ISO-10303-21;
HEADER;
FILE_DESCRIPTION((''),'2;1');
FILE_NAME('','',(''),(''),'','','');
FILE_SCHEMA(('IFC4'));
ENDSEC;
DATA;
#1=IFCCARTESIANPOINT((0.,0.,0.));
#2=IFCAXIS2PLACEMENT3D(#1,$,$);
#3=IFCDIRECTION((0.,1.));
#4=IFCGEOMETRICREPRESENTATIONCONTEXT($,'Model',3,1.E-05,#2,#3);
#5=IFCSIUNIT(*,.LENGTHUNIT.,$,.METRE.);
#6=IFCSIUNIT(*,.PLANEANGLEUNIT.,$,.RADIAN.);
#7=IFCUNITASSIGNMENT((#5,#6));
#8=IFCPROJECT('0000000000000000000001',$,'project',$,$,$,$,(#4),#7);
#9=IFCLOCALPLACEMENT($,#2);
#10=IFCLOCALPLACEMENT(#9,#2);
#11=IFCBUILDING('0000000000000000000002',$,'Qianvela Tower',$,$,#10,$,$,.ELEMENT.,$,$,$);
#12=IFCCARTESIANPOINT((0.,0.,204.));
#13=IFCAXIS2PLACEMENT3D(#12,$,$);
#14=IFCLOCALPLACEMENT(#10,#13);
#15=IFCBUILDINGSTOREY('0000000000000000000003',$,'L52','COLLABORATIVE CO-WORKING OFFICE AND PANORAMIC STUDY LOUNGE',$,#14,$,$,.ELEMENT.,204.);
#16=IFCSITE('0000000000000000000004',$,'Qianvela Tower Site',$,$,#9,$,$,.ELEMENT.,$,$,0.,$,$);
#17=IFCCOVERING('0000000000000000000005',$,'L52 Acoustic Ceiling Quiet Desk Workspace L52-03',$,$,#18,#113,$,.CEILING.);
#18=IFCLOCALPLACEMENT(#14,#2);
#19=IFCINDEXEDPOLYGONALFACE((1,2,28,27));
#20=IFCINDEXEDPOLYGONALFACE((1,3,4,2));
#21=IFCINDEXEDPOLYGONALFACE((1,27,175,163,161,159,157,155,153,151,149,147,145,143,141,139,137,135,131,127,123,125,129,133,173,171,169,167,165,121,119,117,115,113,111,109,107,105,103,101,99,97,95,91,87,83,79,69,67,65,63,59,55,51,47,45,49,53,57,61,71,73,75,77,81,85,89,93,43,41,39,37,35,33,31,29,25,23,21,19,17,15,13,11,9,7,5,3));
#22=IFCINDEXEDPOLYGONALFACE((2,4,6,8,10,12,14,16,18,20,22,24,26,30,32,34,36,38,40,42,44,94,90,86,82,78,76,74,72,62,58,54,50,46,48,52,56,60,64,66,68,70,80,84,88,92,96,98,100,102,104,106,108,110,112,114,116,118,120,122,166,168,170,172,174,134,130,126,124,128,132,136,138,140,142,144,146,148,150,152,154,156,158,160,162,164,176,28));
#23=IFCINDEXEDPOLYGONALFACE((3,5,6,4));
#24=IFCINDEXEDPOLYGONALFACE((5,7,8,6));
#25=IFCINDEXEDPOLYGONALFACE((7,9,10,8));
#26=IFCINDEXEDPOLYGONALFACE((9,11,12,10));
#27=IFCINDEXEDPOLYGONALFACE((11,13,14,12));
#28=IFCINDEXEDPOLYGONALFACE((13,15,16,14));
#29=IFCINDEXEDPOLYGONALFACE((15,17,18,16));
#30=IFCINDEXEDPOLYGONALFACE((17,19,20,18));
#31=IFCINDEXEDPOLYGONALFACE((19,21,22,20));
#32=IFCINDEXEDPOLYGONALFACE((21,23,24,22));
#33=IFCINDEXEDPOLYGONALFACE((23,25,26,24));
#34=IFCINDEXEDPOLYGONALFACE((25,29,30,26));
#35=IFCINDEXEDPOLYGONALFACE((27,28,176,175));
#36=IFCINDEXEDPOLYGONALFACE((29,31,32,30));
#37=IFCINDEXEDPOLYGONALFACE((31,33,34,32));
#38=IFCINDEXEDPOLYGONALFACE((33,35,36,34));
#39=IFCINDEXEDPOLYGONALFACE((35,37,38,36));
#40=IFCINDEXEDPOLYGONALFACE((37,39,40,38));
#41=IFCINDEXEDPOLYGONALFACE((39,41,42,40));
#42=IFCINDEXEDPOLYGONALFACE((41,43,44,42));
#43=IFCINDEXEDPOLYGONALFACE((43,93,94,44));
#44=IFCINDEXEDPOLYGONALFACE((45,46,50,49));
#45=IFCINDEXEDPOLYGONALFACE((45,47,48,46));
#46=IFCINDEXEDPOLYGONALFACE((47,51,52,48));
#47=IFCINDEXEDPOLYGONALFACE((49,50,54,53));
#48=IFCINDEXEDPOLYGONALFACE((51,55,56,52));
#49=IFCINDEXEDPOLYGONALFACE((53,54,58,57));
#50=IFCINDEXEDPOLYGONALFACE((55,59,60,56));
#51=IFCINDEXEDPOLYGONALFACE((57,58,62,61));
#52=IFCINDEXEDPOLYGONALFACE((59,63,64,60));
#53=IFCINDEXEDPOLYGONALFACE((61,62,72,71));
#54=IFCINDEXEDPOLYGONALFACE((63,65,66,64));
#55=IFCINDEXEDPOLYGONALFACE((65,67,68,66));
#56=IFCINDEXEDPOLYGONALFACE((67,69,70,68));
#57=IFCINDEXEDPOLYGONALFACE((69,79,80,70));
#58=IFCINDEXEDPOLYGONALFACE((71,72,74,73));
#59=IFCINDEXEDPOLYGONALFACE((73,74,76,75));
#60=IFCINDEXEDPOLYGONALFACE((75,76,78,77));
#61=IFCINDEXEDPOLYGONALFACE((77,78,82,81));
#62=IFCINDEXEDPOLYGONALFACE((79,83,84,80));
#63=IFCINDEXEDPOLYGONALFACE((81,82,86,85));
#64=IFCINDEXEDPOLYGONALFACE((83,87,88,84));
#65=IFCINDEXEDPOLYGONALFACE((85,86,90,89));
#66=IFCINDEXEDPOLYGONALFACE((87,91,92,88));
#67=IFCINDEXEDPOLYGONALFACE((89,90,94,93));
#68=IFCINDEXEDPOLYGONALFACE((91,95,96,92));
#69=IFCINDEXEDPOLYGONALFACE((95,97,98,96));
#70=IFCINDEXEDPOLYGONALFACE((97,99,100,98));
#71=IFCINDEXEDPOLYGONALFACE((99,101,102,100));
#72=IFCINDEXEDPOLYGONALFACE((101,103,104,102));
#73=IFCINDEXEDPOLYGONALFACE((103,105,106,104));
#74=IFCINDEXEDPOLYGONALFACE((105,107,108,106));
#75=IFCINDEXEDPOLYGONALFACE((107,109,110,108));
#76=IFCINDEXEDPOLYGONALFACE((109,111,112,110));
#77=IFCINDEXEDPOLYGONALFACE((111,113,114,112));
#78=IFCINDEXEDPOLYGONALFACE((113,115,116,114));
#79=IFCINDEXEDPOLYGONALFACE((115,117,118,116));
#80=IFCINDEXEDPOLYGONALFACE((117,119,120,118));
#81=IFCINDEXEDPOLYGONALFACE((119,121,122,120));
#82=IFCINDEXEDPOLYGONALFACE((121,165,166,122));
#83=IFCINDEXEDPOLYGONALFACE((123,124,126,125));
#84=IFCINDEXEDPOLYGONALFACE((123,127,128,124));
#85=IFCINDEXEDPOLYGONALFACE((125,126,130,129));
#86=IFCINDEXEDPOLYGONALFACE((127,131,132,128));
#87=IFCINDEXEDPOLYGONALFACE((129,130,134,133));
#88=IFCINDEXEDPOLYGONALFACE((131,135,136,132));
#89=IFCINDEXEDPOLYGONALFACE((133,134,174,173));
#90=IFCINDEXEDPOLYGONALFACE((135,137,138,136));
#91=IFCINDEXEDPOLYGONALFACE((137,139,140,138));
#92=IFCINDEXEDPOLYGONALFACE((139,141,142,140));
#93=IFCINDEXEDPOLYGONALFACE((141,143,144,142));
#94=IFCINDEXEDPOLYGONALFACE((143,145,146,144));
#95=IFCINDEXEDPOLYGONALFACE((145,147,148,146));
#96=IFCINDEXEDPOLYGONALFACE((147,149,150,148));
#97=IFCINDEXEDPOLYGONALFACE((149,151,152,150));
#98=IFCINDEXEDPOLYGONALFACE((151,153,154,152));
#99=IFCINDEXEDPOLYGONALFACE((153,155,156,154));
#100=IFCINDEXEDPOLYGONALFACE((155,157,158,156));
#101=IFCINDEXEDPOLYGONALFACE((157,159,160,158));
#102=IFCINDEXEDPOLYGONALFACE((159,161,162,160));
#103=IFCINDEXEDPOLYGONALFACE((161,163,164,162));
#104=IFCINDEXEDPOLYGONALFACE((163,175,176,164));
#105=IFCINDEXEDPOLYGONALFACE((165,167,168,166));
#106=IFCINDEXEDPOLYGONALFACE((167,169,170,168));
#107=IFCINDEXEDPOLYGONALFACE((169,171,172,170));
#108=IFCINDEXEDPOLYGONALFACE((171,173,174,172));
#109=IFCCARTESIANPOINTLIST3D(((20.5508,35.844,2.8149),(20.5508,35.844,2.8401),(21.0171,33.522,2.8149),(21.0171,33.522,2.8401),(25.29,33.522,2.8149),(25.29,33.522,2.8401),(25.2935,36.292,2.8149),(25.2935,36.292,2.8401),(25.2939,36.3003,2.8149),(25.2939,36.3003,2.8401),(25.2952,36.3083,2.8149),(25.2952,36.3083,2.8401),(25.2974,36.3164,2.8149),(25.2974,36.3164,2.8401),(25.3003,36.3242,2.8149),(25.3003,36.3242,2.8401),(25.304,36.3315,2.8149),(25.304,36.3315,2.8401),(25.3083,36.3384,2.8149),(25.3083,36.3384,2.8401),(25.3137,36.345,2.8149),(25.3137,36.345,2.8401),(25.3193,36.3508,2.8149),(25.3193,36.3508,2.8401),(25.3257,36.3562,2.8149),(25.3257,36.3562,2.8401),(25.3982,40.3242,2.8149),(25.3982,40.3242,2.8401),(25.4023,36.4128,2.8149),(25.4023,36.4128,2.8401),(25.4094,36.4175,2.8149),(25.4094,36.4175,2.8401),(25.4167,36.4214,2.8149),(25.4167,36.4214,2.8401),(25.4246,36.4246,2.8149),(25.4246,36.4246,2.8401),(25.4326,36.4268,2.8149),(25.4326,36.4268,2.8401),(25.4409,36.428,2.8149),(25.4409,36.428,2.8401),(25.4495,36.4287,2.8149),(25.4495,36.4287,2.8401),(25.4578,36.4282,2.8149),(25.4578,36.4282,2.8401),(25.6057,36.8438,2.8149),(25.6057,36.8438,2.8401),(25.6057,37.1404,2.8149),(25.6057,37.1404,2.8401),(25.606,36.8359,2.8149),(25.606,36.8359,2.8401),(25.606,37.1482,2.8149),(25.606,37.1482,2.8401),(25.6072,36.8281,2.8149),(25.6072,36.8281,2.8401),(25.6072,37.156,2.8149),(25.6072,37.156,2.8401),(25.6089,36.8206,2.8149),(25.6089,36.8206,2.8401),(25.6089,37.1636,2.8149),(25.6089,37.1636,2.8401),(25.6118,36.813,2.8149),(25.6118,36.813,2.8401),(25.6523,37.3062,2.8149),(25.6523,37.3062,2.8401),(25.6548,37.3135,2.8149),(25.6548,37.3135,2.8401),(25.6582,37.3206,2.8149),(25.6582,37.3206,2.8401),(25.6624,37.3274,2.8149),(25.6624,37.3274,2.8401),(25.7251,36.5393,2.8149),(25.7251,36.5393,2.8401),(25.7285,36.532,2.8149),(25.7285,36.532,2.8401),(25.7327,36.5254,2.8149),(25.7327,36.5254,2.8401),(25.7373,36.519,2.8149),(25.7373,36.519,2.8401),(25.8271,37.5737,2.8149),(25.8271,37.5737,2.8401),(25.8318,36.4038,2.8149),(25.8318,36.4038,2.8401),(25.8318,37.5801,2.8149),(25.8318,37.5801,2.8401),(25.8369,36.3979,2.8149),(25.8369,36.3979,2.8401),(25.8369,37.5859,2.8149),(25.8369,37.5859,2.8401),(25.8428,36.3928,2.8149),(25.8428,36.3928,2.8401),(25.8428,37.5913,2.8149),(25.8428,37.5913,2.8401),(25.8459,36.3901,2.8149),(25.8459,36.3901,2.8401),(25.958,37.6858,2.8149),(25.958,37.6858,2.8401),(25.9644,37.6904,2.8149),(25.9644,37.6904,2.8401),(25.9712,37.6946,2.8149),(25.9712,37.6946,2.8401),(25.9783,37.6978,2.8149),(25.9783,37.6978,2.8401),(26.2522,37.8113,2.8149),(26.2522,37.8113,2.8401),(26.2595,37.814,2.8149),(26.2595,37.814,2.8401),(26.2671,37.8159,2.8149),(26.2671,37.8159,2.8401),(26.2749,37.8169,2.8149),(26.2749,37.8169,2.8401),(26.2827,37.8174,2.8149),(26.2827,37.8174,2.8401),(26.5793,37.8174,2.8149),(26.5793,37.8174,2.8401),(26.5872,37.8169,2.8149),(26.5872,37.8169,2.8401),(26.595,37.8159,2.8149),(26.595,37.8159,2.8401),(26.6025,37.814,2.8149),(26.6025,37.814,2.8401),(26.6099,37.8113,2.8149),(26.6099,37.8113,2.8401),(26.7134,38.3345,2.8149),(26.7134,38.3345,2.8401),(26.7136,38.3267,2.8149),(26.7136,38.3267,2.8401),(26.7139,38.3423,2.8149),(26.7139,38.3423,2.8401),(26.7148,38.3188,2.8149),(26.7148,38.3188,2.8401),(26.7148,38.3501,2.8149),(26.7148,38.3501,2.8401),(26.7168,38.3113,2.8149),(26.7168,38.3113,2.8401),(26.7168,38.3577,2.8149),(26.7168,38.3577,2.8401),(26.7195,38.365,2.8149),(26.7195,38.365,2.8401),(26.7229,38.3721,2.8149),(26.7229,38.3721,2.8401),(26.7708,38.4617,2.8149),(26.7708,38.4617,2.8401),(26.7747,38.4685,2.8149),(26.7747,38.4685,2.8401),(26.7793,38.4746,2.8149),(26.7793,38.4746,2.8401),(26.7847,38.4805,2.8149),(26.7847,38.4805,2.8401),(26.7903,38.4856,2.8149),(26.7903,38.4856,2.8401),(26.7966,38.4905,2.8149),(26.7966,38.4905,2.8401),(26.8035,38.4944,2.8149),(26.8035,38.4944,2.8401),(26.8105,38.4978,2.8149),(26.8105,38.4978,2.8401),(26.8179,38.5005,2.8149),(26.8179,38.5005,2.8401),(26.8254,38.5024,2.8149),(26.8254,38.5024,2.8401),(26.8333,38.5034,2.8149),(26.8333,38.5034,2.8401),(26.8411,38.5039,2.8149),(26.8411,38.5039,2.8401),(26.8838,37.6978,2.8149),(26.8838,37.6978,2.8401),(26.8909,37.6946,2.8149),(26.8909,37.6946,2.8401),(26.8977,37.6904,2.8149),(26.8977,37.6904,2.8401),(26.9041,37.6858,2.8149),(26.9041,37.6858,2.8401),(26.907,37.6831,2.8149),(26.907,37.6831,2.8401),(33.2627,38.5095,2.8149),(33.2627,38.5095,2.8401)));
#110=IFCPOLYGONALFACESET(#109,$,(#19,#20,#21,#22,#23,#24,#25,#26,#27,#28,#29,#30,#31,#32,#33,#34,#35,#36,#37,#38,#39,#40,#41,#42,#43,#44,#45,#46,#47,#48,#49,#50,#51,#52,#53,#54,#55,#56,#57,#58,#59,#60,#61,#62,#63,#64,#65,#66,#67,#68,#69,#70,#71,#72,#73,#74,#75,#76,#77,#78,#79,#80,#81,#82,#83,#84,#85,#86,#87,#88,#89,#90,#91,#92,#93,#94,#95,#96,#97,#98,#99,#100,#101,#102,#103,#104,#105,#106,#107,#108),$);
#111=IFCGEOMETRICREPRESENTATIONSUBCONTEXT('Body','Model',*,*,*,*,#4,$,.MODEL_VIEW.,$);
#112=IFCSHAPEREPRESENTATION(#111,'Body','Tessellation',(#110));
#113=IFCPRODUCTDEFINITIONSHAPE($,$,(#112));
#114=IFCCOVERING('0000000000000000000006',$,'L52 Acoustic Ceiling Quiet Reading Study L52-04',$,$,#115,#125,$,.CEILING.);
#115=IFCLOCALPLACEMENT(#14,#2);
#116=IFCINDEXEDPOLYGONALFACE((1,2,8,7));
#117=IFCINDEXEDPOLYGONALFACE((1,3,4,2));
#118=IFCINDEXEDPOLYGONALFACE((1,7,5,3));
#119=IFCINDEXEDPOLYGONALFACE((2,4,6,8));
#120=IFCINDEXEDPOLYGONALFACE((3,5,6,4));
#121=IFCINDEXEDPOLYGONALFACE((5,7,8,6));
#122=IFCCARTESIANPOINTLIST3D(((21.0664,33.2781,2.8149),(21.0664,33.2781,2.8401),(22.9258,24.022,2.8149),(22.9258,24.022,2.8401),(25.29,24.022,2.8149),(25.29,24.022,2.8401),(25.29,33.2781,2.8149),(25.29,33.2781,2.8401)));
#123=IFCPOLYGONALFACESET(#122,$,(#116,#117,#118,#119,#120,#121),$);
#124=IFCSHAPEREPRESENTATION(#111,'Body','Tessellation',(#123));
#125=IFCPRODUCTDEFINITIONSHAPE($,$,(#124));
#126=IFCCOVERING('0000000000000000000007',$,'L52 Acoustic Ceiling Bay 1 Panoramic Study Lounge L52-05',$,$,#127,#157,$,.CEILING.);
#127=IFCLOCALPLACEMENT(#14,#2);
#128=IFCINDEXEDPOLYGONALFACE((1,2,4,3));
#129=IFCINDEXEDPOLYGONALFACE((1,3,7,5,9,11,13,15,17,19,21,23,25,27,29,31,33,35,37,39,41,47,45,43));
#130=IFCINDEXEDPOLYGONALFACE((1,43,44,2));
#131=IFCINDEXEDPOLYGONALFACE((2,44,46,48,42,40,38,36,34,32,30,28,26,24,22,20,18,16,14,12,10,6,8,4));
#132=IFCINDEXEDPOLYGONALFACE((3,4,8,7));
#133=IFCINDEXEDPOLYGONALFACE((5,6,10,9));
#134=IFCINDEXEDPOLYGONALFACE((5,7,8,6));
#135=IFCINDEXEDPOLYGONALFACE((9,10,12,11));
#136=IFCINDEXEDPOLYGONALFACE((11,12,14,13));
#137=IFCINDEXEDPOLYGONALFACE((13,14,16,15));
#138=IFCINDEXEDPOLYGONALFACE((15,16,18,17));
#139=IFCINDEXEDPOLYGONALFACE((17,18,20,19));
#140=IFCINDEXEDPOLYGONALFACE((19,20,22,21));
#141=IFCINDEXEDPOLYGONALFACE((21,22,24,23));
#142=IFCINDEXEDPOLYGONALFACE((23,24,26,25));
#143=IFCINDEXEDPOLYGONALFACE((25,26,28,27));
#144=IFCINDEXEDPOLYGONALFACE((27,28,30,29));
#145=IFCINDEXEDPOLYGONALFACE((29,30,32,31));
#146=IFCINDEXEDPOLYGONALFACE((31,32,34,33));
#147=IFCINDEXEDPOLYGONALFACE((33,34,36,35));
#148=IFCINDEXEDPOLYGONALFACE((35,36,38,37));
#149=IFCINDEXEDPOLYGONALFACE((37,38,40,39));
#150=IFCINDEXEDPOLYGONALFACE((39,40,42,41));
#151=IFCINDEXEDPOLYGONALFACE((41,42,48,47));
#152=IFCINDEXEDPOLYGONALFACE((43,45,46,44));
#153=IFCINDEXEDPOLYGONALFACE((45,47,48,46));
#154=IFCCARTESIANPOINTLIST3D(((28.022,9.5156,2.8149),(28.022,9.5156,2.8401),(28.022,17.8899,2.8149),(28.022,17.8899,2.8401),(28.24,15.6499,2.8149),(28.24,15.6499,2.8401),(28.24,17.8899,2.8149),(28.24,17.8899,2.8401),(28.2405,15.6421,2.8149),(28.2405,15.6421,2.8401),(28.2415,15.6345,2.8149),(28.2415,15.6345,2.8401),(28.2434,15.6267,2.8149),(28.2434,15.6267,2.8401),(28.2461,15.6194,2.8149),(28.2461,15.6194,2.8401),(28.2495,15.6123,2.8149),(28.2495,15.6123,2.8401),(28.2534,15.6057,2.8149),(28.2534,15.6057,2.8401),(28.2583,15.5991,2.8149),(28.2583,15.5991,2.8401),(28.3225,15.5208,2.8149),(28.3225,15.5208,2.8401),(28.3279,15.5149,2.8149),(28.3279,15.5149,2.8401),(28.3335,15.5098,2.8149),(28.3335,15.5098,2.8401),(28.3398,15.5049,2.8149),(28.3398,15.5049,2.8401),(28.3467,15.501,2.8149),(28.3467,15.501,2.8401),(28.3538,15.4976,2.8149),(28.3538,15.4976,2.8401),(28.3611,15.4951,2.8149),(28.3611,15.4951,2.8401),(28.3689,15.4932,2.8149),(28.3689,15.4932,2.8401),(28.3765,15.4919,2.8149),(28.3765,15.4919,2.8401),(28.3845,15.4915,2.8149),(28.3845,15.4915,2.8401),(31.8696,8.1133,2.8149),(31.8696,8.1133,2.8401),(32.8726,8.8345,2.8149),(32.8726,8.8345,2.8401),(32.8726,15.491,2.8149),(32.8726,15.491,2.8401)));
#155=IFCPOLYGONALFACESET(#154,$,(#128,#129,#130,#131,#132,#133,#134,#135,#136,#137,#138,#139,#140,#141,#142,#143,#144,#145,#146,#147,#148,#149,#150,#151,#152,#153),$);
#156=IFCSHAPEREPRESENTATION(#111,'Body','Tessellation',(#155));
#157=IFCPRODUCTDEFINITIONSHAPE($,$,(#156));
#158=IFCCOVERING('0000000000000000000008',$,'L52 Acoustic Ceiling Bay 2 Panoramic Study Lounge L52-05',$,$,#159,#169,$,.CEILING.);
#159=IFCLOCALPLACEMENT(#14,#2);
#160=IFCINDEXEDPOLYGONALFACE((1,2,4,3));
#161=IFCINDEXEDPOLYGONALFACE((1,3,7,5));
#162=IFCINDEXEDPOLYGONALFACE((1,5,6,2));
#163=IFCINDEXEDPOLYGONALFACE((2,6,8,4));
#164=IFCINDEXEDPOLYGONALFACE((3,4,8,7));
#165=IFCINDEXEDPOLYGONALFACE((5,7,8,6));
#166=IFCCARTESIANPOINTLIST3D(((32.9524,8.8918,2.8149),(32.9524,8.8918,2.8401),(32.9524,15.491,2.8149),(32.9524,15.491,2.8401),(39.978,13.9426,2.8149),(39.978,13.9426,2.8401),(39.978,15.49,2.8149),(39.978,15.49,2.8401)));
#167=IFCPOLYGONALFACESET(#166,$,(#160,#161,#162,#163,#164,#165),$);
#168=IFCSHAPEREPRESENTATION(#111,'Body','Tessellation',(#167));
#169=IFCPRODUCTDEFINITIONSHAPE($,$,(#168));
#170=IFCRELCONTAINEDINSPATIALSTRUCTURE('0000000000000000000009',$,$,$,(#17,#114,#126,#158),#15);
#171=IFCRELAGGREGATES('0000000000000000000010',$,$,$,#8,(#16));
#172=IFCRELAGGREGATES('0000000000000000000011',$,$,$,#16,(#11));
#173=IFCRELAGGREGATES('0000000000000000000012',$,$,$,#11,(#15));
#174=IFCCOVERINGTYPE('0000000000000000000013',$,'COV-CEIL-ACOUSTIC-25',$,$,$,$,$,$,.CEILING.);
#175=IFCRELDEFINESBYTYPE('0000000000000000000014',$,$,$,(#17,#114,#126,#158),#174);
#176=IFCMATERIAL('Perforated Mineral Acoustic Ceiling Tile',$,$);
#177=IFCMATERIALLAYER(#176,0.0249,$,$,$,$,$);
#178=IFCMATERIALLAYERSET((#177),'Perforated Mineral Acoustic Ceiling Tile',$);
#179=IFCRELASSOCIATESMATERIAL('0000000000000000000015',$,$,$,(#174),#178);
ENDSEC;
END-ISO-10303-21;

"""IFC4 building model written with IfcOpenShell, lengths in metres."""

from ifc_helpers import new_model, si_unit, direction, frame, origin, place, context, subcontext, project, spatial, polyline, outline, extrude, material, layer, layer_set, type_object, element, save


model = new_model("IFC4")

# Units and contexts
model_context = context("Model", 3, precision=1e-05, world=origin(), true_north=direction((0.0, 1.0)))
body_context = subcontext(model_context, "Body", "Model", "MODEL_VIEW")
ifc_project = project(units=[si_unit("LENGTHUNIT", "METRE"), si_unit("PLANEANGLEUNIT", "RADIAN")], contexts=[model_context])

# Site, building, storey
site_placement = place(None, origin())
site = spatial("IfcSite", under=ifc_project, at=site_placement, Name="Qianvela Tower Site", CompositionType="ELEMENT", RefElevation=0.0)
building_placement = place(site_placement, origin())
building = spatial("IfcBuilding", under=site, at=building_placement, Name="Qianvela Tower", CompositionType="ELEMENT")
storey_placement = place(building_placement, frame((0.0, 0.0, 204.0)))
storey = spatial("IfcBuildingStorey", under=building, at=storey_placement, Name="L52", Description="COLLABORATIVE CO-WORKING OFFICE AND PANORAMIC STUDY LOUNGE", CompositionType="ELEMENT", Elevation=204.0)

# Coverings
ifc_material_1 = material(Name="Perforated Mineral Acoustic Ceiling Tile")
ifc_layer_1 = layer(ifc_material_1, 0.0249)
ifc_layer_set_1 = layer_set([ifc_layer_1], Name="Perforated Mineral Acoustic Ceiling Tile")
covering_type_1 = type_object("IfcCoveringType", Name="COV-CEIL-ACOUSTIC-25", PredefinedType="CEILING", material=ifc_layer_set_1)
covering_1_placement = place(storey_placement, frame((0.0, 0.0, 2.8149)))
element("IfcCovering", 1, at=covering_1_placement, inside=storey, type_object=covering_type_1, Name="L52 Acoustic Ceiling Quiet Desk Workspace L52-03", PredefinedType="CEILING", context=body_context, shape_type="SweptSolid", body=[
    extrude(outline(polyline([(25.8459, 36.3901), (25.4578, 36.4282), (25.4495, 36.4287), (25.4409, 36.428), (25.4326, 36.4268), (25.4246, 36.4246), (25.4167, 36.4214), (25.4094, 36.4175), (25.4023, 36.4128), (25.3257, 36.3562), (25.3193, 36.3508), (25.3137, 36.345), (25.3083, 36.3384), (25.304, 36.3315), (25.3003, 36.3242), (25.2974, 36.3164), (25.2952, 36.3083), (25.2939, 36.3003), (25.2935, 36.292), (25.29, 33.522), (21.0171, 33.522), (20.5508, 35.844), (25.3982, 40.3242), (33.2627, 38.5095), (26.8411, 38.5039), (26.8333, 38.5034), (26.8254, 38.5024), (26.8179, 38.5005), (26.8105, 38.4978), (26.8035, 38.4944), (26.7966, 38.4905), (26.7903, 38.4856), (26.7847, 38.4805), (26.7793, 38.4746), (26.7747, 38.4685), (26.7708, 38.4617), (26.7229, 38.3721), (26.7195, 38.365), (26.7168, 38.3577), (26.7148, 38.3501), (26.7139, 38.3423), (26.7134, 38.3345), (26.7136, 38.3267), (26.7148, 38.3188), (26.7168, 38.3113), (26.907, 37.6831), (26.9041, 37.6858), (26.8977, 37.6904), (26.8909, 37.6946), (26.8838, 37.6978), (26.6099, 37.8113), (26.6025, 37.814), (26.595, 37.8159), (26.5872, 37.8169), (26.5793, 37.8174), (26.2827, 37.8174), (26.2749, 37.8169), (26.2671, 37.8159), (26.2595, 37.814), (26.2522, 37.8113), (25.9783, 37.6978), (25.9712, 37.6946), (25.9644, 37.6904), (25.958, 37.6858), (25.8428, 37.5913), (25.8369, 37.5859), (25.8318, 37.5801), (25.8271, 37.5737), (25.6624, 37.3274), (25.6582, 37.3206), (25.6548, 37.3135), (25.6523, 37.3062), (25.6089, 37.1636), (25.6072, 37.156), (25.606, 37.1482), (25.6057, 37.1404), (25.6057, 36.8438), (25.606, 36.8359), (25.6072, 36.8281), (25.6089, 36.8206), (25.6118, 36.813), (25.7251, 36.5393), (25.7285, 36.532), (25.7327, 36.5254), (25.7373, 36.519), (25.8318, 36.4038), (25.8369, 36.3979), (25.8428, 36.3928), (25.8459, 36.3901)])), origin(), (0.0, 0.0, 1.0), 0.0251),
])
covering_2_placement = place(storey_placement, frame((0.0, 0.0, 2.8149)))
element("IfcCovering", 2, at=covering_2_placement, inside=storey, type_object=covering_type_1, Name="L52 Acoustic Ceiling Quiet Reading Study L52-04", PredefinedType="CEILING", context=body_context, shape_type="SweptSolid", body=[
    extrude(outline(polyline([(25.29, 33.2781), (25.29, 24.022), (22.9258, 24.022), (21.0664, 33.2781), (25.29, 33.2781)])), origin(), (0.0, 0.0, 1.0), 0.0251),
])
covering_3_placement = place(storey_placement, frame((0.0, 0.0, 2.8149)))
element("IfcCovering", 3, at=covering_3_placement, inside=storey, type_object=covering_type_1, Name="L52 Acoustic Ceiling Bay 1 Panoramic Study Lounge L52-05", PredefinedType="CEILING", context=body_context, shape_type="SweptSolid", body=[
    extrude(outline(polyline([(28.24, 17.8899), (28.24, 15.6499), (28.2405, 15.6421), (28.2415, 15.6345), (28.2434, 15.6267), (28.2461, 15.6194), (28.2495, 15.6123), (28.2534, 15.6057), (28.2583, 15.5991), (28.3225, 15.5208), (28.3279, 15.5149), (28.3335, 15.5098), (28.3398, 15.5049), (28.3467, 15.501), (28.3538, 15.4976), (28.3611, 15.4951), (28.3689, 15.4932), (28.3765, 15.4919), (28.3845, 15.4915), (32.8726, 15.491), (32.8726, 8.8345), (31.8696, 8.1133), (28.022, 9.5156), (28.022, 17.8899), (28.24, 17.8899)])), origin(), (0.0, 0.0, 1.0), 0.0251),
])
covering_4_placement = place(storey_placement, frame((0.0, 0.0, 2.8149)))
element("IfcCovering", 4, at=covering_4_placement, inside=storey, type_object=covering_type_1, Name="L52 Acoustic Ceiling Bay 2 Panoramic Study Lounge L52-05", PredefinedType="CEILING", context=body_context, shape_type="SweptSolid", body=[
    extrude(outline(polyline([(39.978, 15.49), (39.978, 13.9426), (32.9524, 8.8918), (32.9524, 15.491), (39.978, 15.49)])), origin(), (0.0, 0.0, 1.0), 0.0251),
])

save(model, "model.ifc")
